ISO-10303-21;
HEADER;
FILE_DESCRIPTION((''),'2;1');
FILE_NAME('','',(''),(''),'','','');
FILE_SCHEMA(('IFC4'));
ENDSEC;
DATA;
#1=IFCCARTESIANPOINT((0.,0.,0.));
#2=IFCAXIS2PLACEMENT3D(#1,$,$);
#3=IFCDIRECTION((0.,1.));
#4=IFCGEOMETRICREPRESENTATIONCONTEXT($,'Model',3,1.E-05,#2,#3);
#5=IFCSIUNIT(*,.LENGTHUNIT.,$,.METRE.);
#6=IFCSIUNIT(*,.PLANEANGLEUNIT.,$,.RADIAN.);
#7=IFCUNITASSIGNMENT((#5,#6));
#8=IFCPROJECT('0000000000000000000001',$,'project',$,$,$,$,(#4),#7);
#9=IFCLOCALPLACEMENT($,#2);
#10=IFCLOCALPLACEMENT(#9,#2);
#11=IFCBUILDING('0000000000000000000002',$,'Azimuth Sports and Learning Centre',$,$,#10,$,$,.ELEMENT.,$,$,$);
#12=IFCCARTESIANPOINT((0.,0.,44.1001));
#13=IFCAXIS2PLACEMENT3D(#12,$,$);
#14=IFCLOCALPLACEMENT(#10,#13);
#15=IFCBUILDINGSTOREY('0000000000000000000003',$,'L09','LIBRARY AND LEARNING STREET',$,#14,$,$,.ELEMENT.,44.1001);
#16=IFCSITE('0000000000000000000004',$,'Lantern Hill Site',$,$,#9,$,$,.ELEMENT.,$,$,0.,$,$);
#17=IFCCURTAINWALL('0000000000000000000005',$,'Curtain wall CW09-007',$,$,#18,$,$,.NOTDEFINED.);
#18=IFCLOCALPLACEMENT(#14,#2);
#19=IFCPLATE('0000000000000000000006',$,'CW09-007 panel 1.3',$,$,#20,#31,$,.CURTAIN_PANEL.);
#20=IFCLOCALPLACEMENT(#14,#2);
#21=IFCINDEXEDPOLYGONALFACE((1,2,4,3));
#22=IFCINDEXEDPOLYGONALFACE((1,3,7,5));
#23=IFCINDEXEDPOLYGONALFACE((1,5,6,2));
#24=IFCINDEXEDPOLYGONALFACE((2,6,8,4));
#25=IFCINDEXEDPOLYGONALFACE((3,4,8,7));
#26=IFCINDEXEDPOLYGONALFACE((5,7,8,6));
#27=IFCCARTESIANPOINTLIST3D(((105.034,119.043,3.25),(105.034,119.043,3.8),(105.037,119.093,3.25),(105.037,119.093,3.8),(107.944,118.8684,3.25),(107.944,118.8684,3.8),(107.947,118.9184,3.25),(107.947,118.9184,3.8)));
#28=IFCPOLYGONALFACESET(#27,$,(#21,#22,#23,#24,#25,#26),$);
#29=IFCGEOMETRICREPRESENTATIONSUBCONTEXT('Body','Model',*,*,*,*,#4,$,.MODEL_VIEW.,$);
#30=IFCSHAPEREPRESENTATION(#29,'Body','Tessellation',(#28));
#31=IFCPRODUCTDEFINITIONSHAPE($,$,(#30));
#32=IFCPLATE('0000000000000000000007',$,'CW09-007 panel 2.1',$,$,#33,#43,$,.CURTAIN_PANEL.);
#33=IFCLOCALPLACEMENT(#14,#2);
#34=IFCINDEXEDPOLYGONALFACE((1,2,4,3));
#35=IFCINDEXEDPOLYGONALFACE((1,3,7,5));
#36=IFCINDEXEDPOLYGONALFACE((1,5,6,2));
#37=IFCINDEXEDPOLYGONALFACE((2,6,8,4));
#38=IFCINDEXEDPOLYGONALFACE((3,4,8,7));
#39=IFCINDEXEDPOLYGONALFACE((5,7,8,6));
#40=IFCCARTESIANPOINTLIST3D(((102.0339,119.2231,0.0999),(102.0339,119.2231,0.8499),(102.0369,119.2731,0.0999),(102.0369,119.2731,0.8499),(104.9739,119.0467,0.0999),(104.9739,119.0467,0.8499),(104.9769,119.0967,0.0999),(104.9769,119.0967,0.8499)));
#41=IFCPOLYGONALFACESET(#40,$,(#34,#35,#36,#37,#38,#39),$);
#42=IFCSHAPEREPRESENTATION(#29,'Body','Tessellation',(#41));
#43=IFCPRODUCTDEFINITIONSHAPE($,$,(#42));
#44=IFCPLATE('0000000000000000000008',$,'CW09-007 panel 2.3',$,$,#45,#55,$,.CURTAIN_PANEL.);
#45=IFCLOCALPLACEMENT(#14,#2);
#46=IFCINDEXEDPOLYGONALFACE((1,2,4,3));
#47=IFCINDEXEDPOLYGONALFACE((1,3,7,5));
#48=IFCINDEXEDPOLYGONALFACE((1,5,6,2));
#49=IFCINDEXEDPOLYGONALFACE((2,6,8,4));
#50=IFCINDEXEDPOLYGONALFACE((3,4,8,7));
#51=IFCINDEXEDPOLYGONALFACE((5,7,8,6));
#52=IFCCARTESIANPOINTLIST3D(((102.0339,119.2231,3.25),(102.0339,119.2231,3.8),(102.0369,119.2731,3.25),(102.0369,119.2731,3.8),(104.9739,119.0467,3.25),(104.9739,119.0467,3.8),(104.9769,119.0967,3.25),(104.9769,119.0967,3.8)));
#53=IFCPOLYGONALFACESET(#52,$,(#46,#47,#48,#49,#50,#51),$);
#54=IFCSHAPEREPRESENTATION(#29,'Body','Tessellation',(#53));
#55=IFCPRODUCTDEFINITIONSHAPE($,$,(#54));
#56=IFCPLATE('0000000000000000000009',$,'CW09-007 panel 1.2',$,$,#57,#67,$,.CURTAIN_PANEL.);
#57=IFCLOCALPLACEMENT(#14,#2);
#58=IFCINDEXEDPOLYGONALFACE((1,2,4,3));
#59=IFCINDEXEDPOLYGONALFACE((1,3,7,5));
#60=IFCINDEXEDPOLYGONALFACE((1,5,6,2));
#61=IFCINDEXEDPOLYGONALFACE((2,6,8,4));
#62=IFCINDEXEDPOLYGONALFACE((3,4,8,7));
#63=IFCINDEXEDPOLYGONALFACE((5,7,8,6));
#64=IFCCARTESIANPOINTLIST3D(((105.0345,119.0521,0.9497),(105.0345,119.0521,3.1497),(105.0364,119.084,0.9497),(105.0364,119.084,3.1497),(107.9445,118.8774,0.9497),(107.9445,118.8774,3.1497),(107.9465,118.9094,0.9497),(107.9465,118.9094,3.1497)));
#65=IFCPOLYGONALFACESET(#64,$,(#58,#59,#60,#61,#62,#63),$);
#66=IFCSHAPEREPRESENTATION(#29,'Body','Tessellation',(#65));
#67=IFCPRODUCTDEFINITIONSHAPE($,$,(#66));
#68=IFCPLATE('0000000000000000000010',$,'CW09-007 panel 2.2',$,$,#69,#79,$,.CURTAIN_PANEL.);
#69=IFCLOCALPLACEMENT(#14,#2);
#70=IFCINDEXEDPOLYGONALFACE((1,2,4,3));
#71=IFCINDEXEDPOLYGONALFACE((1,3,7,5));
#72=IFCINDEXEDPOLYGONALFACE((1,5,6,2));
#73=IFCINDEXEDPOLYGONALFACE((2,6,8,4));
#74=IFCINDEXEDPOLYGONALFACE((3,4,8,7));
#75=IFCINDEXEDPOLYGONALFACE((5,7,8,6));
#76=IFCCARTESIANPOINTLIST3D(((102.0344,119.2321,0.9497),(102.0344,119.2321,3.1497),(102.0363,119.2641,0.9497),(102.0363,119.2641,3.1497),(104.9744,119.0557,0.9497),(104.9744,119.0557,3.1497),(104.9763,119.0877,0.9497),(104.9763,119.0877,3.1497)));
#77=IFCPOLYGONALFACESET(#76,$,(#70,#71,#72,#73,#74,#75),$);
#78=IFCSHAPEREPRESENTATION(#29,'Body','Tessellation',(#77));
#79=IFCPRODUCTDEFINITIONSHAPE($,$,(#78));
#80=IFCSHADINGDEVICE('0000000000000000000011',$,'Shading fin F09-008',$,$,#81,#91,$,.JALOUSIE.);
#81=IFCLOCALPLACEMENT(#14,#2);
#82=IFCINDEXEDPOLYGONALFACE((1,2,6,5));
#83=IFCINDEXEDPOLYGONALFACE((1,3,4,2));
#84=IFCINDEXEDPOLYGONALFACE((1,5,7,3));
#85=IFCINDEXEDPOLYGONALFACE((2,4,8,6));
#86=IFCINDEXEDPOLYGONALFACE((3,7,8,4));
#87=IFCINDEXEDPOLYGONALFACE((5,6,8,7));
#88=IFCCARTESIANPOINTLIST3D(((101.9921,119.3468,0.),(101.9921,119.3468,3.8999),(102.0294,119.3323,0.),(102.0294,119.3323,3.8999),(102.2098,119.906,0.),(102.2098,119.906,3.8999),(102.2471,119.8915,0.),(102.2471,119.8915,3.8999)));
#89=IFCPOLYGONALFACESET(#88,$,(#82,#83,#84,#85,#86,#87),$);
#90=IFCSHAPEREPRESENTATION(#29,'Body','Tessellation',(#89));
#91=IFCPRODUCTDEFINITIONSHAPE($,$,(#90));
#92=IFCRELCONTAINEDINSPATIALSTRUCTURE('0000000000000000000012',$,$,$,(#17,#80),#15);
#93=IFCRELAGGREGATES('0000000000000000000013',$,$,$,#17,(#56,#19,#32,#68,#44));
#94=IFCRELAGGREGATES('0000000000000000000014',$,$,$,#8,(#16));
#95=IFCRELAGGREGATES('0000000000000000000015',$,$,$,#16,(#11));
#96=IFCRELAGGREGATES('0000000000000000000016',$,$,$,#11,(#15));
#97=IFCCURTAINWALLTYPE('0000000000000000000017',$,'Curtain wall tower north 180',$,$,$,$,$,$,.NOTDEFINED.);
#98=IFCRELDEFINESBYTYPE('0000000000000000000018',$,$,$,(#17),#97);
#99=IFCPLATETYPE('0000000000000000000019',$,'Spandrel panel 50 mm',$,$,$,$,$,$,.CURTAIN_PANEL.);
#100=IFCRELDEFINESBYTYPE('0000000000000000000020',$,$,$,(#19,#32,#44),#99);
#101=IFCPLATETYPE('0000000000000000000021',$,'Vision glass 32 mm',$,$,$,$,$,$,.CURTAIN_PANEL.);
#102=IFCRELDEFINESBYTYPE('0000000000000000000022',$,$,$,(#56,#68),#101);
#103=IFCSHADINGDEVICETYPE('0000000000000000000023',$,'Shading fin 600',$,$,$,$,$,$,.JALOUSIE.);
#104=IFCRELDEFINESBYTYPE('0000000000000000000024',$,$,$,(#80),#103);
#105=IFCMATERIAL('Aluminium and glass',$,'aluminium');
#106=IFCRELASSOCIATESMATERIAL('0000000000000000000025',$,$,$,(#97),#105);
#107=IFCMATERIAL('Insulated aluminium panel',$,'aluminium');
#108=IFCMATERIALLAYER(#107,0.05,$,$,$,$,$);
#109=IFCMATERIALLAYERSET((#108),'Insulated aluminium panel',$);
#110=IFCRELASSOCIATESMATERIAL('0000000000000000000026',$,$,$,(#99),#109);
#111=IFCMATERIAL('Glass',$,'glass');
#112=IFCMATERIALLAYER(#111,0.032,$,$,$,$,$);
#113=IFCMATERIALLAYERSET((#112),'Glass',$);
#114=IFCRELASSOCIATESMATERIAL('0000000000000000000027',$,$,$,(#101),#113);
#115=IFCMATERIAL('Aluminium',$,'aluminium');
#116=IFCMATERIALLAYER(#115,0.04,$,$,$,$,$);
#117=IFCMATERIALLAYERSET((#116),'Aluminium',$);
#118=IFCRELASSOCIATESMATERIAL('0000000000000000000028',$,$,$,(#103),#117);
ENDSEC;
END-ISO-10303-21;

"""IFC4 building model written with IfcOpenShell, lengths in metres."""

from ifc_helpers import new_model, si_unit, direction, frame, origin, origin_2d, place, context, subcontext, project, spatial, rectangle, extrude, material, layer, layer_set, type_object, element, aggregate, save


model = new_model("IFC4")

# Units and contexts
model_context = context("Model", 3, precision=1e-05, world=origin(), true_north=direction((0.0, 1.0)))
body_context = subcontext(model_context, "Body", "Model", "MODEL_VIEW")
ifc_project = project(units=[si_unit("LENGTHUNIT", "METRE"), si_unit("PLANEANGLEUNIT", "RADIAN")], contexts=[model_context])

# Site, building, storey
site_placement = place(None, origin())
site = spatial("IfcSite", under=ifc_project, at=site_placement, Name="Lantern Hill Site", CompositionType="ELEMENT", RefElevation=0.0)
building_placement = place(site_placement, origin())
building = spatial("IfcBuilding", under=site, at=building_placement, Name="Azimuth Sports and Learning Centre", CompositionType="ELEMENT")
storey_placement = place(building_placement, frame((0.0, 0.0, 44.1001)))
storey = spatial("IfcBuildingStorey", under=building, at=storey_placement, Name="L09", Description="LIBRARY AND LEARNING STREET", CompositionType="ELEMENT", Elevation=44.1001)

# Curtain wall, plates
ifc_material_1 = material(Name="Aluminium and glass", Category="aluminium")
curtain_wall_type = type_object("IfcCurtainWallType", Name="Curtain wall tower north 180", PredefinedType="NOTDEFINED", material=ifc_material_1)
curtain_wall_placement = place(storey_placement, origin())
curtain_wall = element("IfcCurtainWall", 1, at=curtain_wall_placement, inside=storey, type_object=curtain_wall_type, Name="Curtain wall CW09-007", PredefinedType="NOTDEFINED")
ifc_material_2 = material(Name="Insulated aluminium panel", Category="aluminium")
ifc_layer_1 = layer(ifc_material_2, 0.05)
ifc_layer_set_1 = layer_set([ifc_layer_1], Name="Insulated aluminium panel")
plate_type_1 = type_object("IfcPlateType", Name="Spandrel panel 50 mm", PredefinedType="CURTAIN_PANEL", material=ifc_layer_set_1)
plate_1_placement = place(storey_placement, frame((106.4905, 118.9807, 3.25), z_axis=(0.0, 0.0, 1.0), x_axis=(-0.998205, 0.059892, 0.0)))
plate_1 = element("IfcPlate", 2, at=plate_1_placement, type_object=plate_type_1, Name="CW09-007 panel 1.3", PredefinedType="CURTAIN_PANEL", context=body_context, shape_type="SweptSolid", body=[
    extrude(rectangle(XDim=2.9153, YDim=0.05, at=origin_2d()), origin(), (0.0, 0.0, 1.0), 0.55),
])
plate_2_placement = place(storey_placement, frame((103.5054, 119.1599, 0.0999), z_axis=(0.0, 0.0, 1.0), x_axis=(-0.998205, 0.059892, 0.0)))
plate_2 = element("IfcPlate", 3, at=plate_2_placement, type_object=plate_type_1, Name="CW09-007 panel 2.1", PredefinedType="CURTAIN_PANEL", context=body_context, shape_type="SweptSolid", body=[
    extrude(rectangle(XDim=2.9453, YDim=0.05, at=origin_2d()), origin(), (0.0, 0.0, 1.0), 0.75),
])
plate_3_placement = place(storey_placement, frame((103.5054, 119.1599, 3.25), z_axis=(0.0, 0.0, 1.0), x_axis=(-0.998205, 0.059892, 0.0)))
plate_3 = element("IfcPlate", 4, at=plate_3_placement, type_object=plate_type_1, Name="CW09-007 panel 2.3", PredefinedType="CURTAIN_PANEL", context=body_context, shape_type="SweptSolid", body=[
    extrude(rectangle(XDim=2.9453, YDim=0.05, at=origin_2d()), origin(), (0.0, 0.0, 1.0), 0.55),
])
ifc_material_3 = material(Name="Glass", Category="glass")
ifc_layer_2 = layer(ifc_material_3, 0.032)
ifc_layer_set_2 = layer_set([ifc_layer_2], Name="Glass")
plate_type_2 = type_object("IfcPlateType", Name="Vision glass 32 mm", PredefinedType="CURTAIN_PANEL", material=ifc_layer_set_2)
plate_4_placement = place(storey_placement, frame((106.4905, 118.9807, 0.9497), z_axis=(0.0, 0.0, 1.0), x_axis=(-0.998205, 0.059892, 0.0)))
plate_4 = element("IfcPlate", 5, at=plate_4_placement, type_object=plate_type_2, Name="CW09-007 panel 1.2", PredefinedType="CURTAIN_PANEL", context=body_context, shape_type="SweptSolid", body=[
    extrude(rectangle(XDim=2.9153, YDim=0.032, at=origin_2d()), origin(), (0.0, 0.0, 1.0), 2.2),
])
plate_5_placement = place(storey_placement, frame((103.5054, 119.1599, 0.9497), z_axis=(0.0, 0.0, 1.0), x_axis=(-0.998205, 0.059892, 0.0)))
plate_5 = element("IfcPlate", 6, at=plate_5_placement, type_object=plate_type_2, Name="CW09-007 panel 2.2", PredefinedType="CURTAIN_PANEL", context=body_context, shape_type="SweptSolid", body=[
    extrude(rectangle(XDim=2.9453, YDim=0.032, at=origin_2d()), origin(), (0.0, 0.0, 1.0), 2.2),
])
aggregate(curtain_wall, [plate_4, plate_1, plate_2, plate_5, plate_3])

# Shading device
ifc_material_4 = material(Name="Aluminium", Category="aluminium")
ifc_layer_3 = layer(ifc_material_4, 0.04)
ifc_layer_set_3 = layer_set([ifc_layer_3], Name="Aluminium")
shading_device_type = type_object("IfcShadingDeviceType", Name="Shading fin 600", PredefinedType="JALOUSIE", material=ifc_layer_set_3)
shading_device_placement = place(storey_placement, frame((102.1196, 119.6191, 0.0), z_axis=(0.0, 0.0, 1.0), x_axis=(0.362749, 0.931887, 0.0)))
element("IfcShadingDevice", 7, at=shading_device_placement, inside=storey, type_object=shading_device_type, Name="Shading fin F09-008", PredefinedType="JALOUSIE", context=body_context, shape_type="SweptSolid", body=[
    extrude(rectangle(XDim=0.6001, YDim=0.04, at=origin_2d()), origin(), (0.0, 0.0, 1.0), 3.8999),
])

save(model, "model.ifc")
